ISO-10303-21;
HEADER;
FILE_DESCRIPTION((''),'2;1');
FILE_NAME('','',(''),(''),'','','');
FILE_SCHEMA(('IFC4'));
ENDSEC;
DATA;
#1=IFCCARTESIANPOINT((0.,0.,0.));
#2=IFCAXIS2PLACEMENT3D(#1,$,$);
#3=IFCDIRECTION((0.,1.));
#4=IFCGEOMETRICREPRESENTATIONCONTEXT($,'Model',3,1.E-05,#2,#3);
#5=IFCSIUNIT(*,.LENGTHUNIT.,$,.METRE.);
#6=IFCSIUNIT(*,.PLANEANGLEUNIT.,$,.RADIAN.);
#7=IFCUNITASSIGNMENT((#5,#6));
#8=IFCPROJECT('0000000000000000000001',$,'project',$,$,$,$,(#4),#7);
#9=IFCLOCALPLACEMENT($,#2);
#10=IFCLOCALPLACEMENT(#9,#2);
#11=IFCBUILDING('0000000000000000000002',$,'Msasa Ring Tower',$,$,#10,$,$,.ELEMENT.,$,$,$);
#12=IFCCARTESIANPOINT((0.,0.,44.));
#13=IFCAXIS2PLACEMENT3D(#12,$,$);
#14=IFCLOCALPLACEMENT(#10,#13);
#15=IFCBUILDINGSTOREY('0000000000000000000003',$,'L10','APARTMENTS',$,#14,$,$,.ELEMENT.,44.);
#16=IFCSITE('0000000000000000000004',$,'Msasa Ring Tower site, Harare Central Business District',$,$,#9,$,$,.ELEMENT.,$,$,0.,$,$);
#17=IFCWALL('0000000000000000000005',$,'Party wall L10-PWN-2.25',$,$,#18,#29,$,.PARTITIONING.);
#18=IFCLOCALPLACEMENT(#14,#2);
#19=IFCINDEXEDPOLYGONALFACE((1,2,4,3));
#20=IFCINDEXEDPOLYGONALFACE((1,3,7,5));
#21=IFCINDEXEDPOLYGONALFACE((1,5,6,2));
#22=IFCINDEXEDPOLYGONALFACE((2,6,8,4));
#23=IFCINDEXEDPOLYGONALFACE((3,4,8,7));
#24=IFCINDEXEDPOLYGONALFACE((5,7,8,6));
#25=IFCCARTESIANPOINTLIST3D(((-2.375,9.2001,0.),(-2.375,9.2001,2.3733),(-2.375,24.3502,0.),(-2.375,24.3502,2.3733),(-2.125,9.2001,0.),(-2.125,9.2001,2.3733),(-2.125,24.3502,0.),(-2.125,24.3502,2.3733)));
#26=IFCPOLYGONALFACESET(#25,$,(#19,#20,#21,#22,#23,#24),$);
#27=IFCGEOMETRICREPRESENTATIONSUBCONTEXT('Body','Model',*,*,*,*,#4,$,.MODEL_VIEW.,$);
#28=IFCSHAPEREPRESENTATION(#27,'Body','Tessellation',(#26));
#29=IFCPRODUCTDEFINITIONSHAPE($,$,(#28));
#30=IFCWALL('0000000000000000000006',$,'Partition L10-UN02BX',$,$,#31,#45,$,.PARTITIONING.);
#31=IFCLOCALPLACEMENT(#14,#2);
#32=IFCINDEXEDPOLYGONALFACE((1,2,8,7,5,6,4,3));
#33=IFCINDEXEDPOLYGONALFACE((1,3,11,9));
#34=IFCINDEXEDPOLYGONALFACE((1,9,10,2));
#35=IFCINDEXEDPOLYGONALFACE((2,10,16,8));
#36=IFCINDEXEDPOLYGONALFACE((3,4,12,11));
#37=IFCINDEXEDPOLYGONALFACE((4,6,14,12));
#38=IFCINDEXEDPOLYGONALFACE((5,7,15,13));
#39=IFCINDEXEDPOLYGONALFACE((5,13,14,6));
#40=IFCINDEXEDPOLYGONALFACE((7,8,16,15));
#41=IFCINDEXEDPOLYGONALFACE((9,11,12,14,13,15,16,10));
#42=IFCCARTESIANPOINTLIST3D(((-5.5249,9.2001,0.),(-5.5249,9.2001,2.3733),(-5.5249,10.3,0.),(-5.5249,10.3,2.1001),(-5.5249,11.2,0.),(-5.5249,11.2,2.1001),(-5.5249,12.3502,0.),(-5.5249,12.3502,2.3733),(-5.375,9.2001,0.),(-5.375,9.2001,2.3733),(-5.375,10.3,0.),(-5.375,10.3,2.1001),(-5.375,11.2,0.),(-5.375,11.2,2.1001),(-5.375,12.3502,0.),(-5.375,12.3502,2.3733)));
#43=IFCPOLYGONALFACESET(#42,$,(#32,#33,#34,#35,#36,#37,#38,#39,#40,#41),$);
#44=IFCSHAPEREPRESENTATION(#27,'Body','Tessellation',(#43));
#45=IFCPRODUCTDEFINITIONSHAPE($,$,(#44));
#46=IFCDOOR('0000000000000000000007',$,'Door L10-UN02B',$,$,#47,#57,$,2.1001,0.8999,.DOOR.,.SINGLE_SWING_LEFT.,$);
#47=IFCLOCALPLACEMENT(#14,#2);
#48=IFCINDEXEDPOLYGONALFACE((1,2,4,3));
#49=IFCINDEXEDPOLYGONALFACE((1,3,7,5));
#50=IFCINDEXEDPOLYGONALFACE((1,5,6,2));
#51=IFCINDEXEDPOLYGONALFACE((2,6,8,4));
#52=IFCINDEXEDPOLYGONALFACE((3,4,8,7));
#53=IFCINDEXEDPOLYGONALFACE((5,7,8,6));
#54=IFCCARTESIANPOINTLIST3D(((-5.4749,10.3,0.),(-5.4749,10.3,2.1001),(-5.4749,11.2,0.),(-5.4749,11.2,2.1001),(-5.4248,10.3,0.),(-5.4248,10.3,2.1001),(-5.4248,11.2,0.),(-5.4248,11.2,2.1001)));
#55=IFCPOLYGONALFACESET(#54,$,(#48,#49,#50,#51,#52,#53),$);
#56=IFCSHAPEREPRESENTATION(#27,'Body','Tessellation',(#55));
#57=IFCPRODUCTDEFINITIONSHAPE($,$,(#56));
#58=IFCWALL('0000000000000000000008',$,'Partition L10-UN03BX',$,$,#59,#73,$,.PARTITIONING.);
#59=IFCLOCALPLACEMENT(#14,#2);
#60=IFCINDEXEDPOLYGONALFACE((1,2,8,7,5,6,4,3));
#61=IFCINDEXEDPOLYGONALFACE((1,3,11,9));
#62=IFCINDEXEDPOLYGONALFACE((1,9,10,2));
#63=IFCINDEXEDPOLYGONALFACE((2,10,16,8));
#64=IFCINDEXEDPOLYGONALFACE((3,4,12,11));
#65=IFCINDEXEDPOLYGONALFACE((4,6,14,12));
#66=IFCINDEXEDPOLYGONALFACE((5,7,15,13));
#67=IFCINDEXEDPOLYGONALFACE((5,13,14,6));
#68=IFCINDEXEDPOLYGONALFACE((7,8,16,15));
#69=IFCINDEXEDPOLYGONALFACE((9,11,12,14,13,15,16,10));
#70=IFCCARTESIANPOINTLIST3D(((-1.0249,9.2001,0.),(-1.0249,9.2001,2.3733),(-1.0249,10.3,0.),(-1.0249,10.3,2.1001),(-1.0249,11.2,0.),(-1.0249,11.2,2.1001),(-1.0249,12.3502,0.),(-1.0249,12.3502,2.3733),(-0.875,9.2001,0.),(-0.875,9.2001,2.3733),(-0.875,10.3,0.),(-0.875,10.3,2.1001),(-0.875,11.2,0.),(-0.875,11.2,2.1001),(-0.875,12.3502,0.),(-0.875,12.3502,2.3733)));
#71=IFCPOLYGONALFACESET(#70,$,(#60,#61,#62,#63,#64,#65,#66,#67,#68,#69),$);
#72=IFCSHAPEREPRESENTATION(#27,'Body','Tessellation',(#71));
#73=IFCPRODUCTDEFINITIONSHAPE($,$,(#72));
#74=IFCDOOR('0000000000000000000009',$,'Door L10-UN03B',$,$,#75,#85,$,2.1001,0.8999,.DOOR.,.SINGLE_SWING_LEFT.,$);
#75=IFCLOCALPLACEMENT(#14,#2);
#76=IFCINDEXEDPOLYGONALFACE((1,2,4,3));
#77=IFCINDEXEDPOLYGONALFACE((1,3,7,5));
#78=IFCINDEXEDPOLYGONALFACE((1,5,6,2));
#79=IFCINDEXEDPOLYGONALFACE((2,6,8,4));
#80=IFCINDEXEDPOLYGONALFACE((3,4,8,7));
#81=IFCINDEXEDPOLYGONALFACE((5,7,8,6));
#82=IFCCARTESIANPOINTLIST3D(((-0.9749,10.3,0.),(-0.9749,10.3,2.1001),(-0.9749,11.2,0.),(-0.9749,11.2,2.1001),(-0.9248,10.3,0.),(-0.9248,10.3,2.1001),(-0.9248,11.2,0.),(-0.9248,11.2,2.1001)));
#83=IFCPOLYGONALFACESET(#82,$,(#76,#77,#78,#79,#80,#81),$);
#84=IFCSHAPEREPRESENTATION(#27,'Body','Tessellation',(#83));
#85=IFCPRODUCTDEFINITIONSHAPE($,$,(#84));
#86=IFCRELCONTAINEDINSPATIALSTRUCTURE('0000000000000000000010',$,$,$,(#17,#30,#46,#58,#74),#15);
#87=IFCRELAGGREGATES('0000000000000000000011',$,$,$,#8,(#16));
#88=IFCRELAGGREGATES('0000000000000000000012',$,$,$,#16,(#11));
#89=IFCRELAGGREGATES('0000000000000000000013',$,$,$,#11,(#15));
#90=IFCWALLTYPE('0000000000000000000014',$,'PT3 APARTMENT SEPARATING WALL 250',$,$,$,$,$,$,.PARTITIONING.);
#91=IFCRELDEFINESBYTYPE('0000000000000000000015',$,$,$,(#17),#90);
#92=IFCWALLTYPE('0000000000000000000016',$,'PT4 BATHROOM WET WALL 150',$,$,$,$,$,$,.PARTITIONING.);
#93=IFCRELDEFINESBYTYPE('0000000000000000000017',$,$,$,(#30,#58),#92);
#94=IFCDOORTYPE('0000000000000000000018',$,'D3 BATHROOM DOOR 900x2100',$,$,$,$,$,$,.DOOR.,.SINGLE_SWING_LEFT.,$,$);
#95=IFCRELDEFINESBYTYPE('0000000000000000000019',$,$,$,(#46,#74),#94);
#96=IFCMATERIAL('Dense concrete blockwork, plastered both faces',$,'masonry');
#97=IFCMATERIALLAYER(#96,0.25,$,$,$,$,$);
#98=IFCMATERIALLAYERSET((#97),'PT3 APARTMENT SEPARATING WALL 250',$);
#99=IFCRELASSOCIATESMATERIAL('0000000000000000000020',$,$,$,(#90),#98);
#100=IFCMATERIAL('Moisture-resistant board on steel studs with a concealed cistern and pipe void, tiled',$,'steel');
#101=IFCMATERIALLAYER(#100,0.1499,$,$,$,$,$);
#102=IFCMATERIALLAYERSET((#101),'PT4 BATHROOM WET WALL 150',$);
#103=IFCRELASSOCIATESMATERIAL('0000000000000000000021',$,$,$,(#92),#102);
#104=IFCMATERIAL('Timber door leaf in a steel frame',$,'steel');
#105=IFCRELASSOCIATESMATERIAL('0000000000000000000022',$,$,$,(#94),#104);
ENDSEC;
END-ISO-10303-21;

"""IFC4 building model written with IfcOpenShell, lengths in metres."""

from ifc_helpers import new_model, si_unit, direction, frame, frame_2d, origin, place, context, subcontext, project, spatial, rectangle, extrude, material, layer, layer_set, type_object, element, fill, save


model = new_model("IFC4")

# Units and contexts
model_context = context("Model", 3, precision=1e-05, world=origin(), true_north=direction((0.0, 1.0)))
body_context = subcontext(model_context, "Body", "Model", "MODEL_VIEW")
ifc_project = project(units=[si_unit("LENGTHUNIT", "METRE"), si_unit("PLANEANGLEUNIT", "RADIAN")], contexts=[model_context])

# Site, building, storey
site_placement = place(None, origin())
site = spatial("IfcSite", under=ifc_project, at=site_placement, Name="Msasa Ring Tower site, Harare Central Business District", CompositionType="ELEMENT", RefElevation=0.0)
building_placement = place(site_placement, origin())
building = spatial("IfcBuilding", under=site, at=building_placement, Name="Msasa Ring Tower", CompositionType="ELEMENT")
storey_placement = place(building_placement, frame((0.0, 0.0, 44.0)))
storey = spatial("IfcBuildingStorey", under=building, at=storey_placement, Name="L10", Description="APARTMENTS", CompositionType="ELEMENT", Elevation=44.0)

# Wall
ifc_material_1 = material(Name="Dense concrete blockwork, plastered both faces", Category="masonry")
ifc_layer_1 = layer(ifc_material_1, 0.25)
ifc_layer_set_1 = layer_set([ifc_layer_1], Name="PT3 APARTMENT SEPARATING WALL 250")
wall_type_1 = type_object("IfcWallType", Name="PT3 APARTMENT SEPARATING WALL 250", PredefinedType="PARTITIONING", material=ifc_layer_set_1)
for number, where, z_axis, x_axis, name in (
    (1, (-2.25, 9.2, 0.0), (0.0, 0.0, 1.0), (0.0, 1.0, 0.0), "Party wall L10-PWN-2.25"),
):
    element("IfcWall", number, at=place(storey_placement, frame(where, z_axis=z_axis, x_axis=x_axis)), inside=storey, type_object=wall_type_1, Name=name, PredefinedType="PARTITIONING", context=body_context, shape_type="SweptSolid", body=[
        extrude(rectangle(XDim=15.1501, YDim=0.25, at=frame_2d((7.5752, 0.0))), origin(), (0.0, 0.0, 1.0), 2.3733),
    ])

# Walls, openings, doors
ifc_material_2 = material(Name="Moisture-resistant board on steel studs with a concealed cistern and pipe void, tiled", Category="steel")
ifc_layer_2 = layer(ifc_material_2, 0.1499)
ifc_layer_set_2 = layer_set([ifc_layer_2], Name="PT4 BATHROOM WET WALL 150")
wall_type_2 = type_object("IfcWallType", Name="PT4 BATHROOM WET WALL 150", PredefinedType="PARTITIONING", material=ifc_layer_set_2)
wall_1_placement = place(storey_placement, frame((-5.45, 9.2, 0.0), z_axis=(0.0, 0.0, 1.0), x_axis=(0.0, 1.0, 0.0)))
wall_1 = element("IfcWall", 2, at=wall_1_placement, inside=storey, type_object=wall_type_2, Name="Partition L10-UN02BX", PredefinedType="PARTITIONING", context=body_context, shape_type="SweptSolid", body=[
    extrude(rectangle(XDim=3.1501, YDim=0.1499, at=frame_2d((1.5752, 0.0))), origin(), (0.0, 0.0, 1.0), 2.3733),
])
opening_1_placement = place(wall_1_placement, frame((1.1001, 0.0, 0.0)))
opening_1 = element("IfcOpeningElement", 3, at=opening_1_placement, cuts=wall_1, PredefinedType="OPENING", context=body_context, shape_type="SweptSolid", body=[
    extrude(rectangle(XDim=0.8999, YDim=2.1001, at=frame_2d((0.45, 1.05))), frame((0.0, 0.085, 0.0), z_axis=(0.0, -1.0, 0.0), x_axis=(1.0, 0.0, 0.0)), (0.0, 0.0, 1.0), 0.1699),
])
ifc_material_3 = material(Name="Timber door leaf in a steel frame", Category="steel")
door_type_1 = type_object("IfcDoorType", Name="D3 BATHROOM DOOR 900x2100", OperationType="SINGLE_SWING_LEFT", PredefinedType="DOOR", material=ifc_material_3)
door_1_placement = place(opening_1_placement, origin())
door_1 = element("IfcDoor", 4, at=door_1_placement, inside=storey, type_object=door_type_1, Name="Door L10-UN02B", OperationType="SINGLE_SWING_LEFT", OverallHeight=2.1001, OverallWidth=0.8999, PredefinedType="DOOR", context=body_context, shape_type="SweptSolid", body=[
    extrude(rectangle(XDim=0.8999, YDim=2.1001, at=frame_2d((0.45, 1.05))), frame((0.0, 0.0249, 0.0), z_axis=(0.0, -1.0, 0.0), x_axis=(1.0, 0.0, 0.0)), (0.0, 0.0, 1.0), 0.05),
])
fill(opening_1, door_1)
wall_2_placement = place(storey_placement, frame((-0.95, 9.2, 0.0), z_axis=(0.0, 0.0, 1.0), x_axis=(0.0, 1.0, 0.0)))
wall_2 = element("IfcWall", 5, at=wall_2_placement, inside=storey, type_object=wall_type_2, Name="Partition L10-UN03BX", PredefinedType="PARTITIONING", context=body_context, shape_type="SweptSolid", body=[
    extrude(rectangle(XDim=3.1501, YDim=0.1499, at=frame_2d((1.5752, 0.0))), origin(), (0.0, 0.0, 1.0), 2.3733),
])
opening_2_placement = place(wall_2_placement, frame((1.1001, 0.0, 0.0)))
opening_2 = element("IfcOpeningElement", 6, at=opening_2_placement, cuts=wall_2, PredefinedType="OPENING", context=body_context, shape_type="SweptSolid", body=[
    extrude(rectangle(XDim=0.8999, YDim=2.1001, at=frame_2d((0.45, 1.05))), frame((0.0, 0.085, 0.0), z_axis=(0.0, -1.0, 0.0), x_axis=(1.0, 0.0, 0.0)), (0.0, 0.0, 1.0), 0.1699),
])
door_2_placement = place(opening_2_placement, origin())
door_2 = element("IfcDoor", 7, at=door_2_placement, inside=storey, type_object=door_type_1, Name="Door L10-UN03B", OperationType="SINGLE_SWING_LEFT", OverallHeight=2.1001, OverallWidth=0.8999, PredefinedType="DOOR", context=body_context, shape_type="SweptSolid", body=[
    extrude(rectangle(XDim=0.8999, YDim=2.1001, at=frame_2d((0.45, 1.05))), frame((0.0, 0.0249, 0.0), z_axis=(0.0, -1.0, 0.0), x_axis=(1.0, 0.0, 0.0)), (0.0, 0.0, 1.0), 0.05),
])
fill(opening_2, door_2)

save(model, "model.ifc")
